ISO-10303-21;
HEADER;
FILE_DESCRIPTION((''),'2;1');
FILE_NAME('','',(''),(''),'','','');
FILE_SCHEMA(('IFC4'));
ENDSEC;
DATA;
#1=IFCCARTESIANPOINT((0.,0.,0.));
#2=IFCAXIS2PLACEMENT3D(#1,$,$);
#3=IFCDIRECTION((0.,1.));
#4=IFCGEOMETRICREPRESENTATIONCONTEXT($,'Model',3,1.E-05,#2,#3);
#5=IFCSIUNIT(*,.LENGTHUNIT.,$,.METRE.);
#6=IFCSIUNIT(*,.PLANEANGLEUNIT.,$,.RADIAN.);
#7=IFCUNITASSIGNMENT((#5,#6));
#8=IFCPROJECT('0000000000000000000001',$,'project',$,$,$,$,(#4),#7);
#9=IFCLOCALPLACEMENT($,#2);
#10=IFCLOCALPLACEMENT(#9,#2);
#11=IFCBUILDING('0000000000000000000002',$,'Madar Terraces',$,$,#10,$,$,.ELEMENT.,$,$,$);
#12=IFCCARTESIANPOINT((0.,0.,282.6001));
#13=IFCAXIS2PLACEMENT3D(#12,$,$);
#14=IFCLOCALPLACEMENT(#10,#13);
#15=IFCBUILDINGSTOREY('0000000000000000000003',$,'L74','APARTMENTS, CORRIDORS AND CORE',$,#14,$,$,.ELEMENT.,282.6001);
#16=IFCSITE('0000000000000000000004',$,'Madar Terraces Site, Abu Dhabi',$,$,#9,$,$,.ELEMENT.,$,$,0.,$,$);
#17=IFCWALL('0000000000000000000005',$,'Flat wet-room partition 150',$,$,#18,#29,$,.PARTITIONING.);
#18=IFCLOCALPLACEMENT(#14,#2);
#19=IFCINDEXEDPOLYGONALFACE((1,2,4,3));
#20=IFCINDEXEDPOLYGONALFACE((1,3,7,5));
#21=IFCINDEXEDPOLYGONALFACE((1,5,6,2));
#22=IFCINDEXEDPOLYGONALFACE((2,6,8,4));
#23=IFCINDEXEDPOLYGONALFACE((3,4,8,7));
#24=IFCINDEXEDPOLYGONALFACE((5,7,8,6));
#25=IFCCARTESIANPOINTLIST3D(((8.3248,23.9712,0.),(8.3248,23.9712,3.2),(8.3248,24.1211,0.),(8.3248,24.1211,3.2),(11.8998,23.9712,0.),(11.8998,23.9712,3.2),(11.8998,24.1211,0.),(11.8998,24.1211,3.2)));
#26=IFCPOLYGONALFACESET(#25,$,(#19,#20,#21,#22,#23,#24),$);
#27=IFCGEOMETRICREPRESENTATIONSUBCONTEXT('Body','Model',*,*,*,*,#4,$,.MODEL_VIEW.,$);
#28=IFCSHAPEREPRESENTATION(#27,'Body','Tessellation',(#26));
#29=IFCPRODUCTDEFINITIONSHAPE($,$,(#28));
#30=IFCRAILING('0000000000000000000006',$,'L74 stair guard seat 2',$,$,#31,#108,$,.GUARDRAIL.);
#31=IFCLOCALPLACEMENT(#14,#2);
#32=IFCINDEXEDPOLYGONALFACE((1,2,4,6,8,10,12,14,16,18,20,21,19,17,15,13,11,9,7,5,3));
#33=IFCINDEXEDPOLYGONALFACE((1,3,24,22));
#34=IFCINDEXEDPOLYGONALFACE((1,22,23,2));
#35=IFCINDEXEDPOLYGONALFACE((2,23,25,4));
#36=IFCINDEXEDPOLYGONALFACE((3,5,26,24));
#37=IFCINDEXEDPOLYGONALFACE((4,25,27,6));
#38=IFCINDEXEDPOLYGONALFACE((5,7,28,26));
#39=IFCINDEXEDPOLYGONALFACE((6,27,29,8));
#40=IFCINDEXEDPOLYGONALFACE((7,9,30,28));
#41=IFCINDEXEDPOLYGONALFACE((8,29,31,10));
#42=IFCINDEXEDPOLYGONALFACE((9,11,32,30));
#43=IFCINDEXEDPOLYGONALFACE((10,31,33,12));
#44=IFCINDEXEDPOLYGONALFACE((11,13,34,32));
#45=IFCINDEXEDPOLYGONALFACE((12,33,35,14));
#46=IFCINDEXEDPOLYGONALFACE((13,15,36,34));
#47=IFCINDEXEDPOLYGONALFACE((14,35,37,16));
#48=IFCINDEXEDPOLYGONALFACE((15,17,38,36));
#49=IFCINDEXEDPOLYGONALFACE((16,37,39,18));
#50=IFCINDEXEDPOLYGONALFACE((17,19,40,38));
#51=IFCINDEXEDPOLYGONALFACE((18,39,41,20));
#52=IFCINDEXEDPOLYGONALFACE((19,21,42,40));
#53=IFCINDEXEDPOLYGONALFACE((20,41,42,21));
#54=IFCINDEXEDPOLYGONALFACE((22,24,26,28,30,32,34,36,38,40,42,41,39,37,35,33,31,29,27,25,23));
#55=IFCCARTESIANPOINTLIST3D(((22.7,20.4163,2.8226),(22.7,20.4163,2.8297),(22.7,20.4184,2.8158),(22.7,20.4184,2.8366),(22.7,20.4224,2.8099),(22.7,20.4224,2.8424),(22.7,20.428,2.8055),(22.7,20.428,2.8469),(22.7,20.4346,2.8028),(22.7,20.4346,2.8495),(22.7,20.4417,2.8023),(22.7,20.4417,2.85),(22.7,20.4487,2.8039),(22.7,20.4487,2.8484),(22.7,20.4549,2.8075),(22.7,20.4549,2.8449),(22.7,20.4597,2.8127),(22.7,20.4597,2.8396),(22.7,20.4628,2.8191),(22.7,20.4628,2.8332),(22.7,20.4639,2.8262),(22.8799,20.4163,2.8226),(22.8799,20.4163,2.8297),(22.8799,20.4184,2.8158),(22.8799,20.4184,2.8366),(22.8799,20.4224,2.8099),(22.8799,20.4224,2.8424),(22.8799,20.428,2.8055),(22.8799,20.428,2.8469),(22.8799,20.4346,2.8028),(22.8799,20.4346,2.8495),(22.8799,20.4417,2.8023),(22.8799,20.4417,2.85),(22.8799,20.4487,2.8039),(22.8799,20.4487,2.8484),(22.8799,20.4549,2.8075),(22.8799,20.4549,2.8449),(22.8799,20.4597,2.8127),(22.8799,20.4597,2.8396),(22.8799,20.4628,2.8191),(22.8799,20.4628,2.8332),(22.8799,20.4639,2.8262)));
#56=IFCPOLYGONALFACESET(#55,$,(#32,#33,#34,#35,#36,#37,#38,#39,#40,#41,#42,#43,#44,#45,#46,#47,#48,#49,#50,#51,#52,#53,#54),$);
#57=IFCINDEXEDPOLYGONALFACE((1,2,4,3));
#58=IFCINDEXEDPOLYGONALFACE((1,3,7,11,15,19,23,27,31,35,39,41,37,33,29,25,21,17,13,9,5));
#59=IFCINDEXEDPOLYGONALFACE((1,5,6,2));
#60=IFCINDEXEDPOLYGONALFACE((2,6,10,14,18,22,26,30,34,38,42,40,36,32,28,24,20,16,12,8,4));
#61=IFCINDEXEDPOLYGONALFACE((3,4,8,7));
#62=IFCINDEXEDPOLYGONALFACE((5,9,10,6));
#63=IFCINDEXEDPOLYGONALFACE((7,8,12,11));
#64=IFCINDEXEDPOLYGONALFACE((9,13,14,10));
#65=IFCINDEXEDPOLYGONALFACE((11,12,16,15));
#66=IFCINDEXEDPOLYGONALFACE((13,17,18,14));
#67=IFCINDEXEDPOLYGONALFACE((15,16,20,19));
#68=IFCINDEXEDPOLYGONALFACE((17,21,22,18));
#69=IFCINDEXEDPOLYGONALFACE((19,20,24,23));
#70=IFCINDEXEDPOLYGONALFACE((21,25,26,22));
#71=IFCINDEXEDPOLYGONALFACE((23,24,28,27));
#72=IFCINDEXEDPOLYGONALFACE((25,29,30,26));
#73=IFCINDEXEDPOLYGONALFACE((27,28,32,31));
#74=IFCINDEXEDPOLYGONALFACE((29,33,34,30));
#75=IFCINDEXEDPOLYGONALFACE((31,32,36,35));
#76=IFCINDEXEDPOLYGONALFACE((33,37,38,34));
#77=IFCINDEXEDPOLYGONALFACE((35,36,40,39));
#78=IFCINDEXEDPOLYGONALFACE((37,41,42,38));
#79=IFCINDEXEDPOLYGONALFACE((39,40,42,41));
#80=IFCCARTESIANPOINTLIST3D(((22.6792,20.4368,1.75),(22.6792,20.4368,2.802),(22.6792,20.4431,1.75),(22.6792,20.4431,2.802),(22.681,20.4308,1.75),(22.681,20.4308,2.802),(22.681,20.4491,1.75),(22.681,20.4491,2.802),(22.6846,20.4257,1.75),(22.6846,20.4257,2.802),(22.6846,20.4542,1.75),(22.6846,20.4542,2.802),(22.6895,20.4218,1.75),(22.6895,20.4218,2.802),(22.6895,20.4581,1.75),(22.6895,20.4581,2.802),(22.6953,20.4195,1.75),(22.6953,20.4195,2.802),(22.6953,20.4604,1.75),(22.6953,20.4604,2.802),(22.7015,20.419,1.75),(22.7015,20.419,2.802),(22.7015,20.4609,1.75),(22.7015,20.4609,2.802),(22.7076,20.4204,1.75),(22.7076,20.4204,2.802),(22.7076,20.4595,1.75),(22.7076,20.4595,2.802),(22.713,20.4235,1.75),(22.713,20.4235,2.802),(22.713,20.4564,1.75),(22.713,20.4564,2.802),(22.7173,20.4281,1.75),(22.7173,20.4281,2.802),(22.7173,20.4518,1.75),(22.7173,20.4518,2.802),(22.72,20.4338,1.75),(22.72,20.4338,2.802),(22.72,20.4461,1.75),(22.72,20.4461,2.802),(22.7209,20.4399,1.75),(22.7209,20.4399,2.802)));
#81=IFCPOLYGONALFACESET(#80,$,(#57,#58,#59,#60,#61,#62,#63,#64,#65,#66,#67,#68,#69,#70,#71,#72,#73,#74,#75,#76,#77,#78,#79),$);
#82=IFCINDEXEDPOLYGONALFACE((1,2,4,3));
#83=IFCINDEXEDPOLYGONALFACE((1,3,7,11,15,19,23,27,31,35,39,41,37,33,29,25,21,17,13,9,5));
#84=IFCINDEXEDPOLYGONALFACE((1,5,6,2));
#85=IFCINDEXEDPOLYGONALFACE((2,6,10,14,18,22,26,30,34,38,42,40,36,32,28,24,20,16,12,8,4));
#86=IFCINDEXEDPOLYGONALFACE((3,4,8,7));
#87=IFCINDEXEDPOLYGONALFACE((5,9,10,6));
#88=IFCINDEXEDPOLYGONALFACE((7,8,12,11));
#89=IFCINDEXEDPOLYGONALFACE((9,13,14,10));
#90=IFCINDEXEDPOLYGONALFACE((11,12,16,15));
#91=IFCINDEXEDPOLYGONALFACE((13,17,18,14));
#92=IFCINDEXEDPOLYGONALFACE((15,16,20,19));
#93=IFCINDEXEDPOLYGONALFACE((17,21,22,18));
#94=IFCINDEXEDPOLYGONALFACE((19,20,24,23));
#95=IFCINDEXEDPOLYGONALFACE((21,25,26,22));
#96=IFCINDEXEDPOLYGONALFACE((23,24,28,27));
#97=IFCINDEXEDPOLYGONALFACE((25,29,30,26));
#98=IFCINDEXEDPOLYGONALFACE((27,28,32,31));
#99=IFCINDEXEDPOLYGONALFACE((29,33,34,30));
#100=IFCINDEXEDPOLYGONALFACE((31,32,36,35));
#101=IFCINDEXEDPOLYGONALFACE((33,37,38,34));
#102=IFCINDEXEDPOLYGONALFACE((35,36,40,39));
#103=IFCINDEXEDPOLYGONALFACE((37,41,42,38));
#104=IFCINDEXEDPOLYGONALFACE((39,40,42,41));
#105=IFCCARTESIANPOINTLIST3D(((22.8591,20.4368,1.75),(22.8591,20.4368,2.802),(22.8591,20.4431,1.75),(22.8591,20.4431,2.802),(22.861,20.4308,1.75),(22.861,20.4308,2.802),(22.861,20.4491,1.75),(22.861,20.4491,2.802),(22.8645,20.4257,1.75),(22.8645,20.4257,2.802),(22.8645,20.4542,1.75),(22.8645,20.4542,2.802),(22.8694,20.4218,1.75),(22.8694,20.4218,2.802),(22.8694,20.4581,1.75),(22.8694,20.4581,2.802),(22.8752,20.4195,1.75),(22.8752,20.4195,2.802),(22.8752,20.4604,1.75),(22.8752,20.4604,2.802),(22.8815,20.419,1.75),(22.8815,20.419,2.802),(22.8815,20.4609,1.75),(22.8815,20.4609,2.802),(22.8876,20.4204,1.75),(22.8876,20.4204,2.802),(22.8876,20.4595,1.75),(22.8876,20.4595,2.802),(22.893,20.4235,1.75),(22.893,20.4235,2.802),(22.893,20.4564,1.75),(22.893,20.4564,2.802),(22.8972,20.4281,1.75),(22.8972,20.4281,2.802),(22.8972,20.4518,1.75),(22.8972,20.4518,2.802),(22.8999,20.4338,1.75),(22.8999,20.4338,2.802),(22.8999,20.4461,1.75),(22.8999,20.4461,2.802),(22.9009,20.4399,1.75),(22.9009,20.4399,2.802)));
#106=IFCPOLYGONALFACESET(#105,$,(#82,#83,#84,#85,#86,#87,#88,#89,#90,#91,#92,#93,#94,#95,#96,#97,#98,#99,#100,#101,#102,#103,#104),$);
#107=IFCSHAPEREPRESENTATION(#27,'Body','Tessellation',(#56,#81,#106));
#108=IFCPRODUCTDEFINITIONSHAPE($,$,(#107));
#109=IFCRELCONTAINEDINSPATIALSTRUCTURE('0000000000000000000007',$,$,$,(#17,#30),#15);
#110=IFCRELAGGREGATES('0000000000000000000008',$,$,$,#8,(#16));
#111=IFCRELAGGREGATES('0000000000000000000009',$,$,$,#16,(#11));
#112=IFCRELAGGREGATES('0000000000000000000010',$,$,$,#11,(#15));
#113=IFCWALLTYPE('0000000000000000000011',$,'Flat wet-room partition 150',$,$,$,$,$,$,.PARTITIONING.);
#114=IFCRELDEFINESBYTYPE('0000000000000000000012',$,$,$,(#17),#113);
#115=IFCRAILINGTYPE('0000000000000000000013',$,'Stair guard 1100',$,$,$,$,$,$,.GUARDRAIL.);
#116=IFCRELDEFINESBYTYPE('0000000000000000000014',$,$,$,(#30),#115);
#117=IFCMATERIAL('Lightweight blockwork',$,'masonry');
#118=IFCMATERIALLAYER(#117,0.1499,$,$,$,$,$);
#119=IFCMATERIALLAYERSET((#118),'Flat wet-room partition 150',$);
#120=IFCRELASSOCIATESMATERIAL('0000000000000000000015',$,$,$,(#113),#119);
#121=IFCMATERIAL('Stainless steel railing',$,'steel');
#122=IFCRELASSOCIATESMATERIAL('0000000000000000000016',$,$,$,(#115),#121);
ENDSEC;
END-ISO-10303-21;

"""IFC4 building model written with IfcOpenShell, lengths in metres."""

from ifc_helpers import new_model, si_unit, direction, frame, frame_2d, origin, origin_2d, place, context, subcontext, project, spatial, rectangle, circle, extrude, material, layer, layer_set, type_object, element, save


model = new_model("IFC4")

# Units and contexts
model_context = context("Model", 3, precision=1e-05, world=origin(), true_north=direction((0.0, 1.0)))
body_context = subcontext(model_context, "Body", "Model", "MODEL_VIEW")
ifc_project = project(units=[si_unit("LENGTHUNIT", "METRE"), si_unit("PLANEANGLEUNIT", "RADIAN")], contexts=[model_context])

# Site, building, storey
site_placement = place(None, origin())
site = spatial("IfcSite", under=ifc_project, at=site_placement, Name="Madar Terraces Site, Abu Dhabi", CompositionType="ELEMENT", RefElevation=0.0)
building_placement = place(site_placement, origin())
building = spatial("IfcBuilding", under=site, at=building_placement, Name="Madar Terraces", CompositionType="ELEMENT")
storey_placement = place(building_placement, frame((0.0, 0.0, 282.6001)))
storey = spatial("IfcBuildingStorey", under=building, at=storey_placement, Name="L74", Description="APARTMENTS, CORRIDORS AND CORE", CompositionType="ELEMENT", Elevation=282.6001)

# Wall
ifc_material_1 = material(Name="Lightweight blockwork", Category="masonry")
ifc_layer_1 = layer(ifc_material_1, 0.1499)
ifc_layer_set_1 = layer_set([ifc_layer_1], Name="Flat wet-room partition 150")
wall_type_1 = type_object("IfcWallType", Name="Flat wet-room partition 150", PredefinedType="PARTITIONING", material=ifc_layer_set_1)
wall_1_placement = place(storey_placement, frame((11.8999, 24.0461, 0.0), z_axis=(0.0, 0.0, 1.0), x_axis=(-1.0, 0.0, 0.0)))
element("IfcWall", 1, at=wall_1_placement, inside=storey, type_object=wall_type_1, Name="Flat wet-room partition 150", PredefinedType="PARTITIONING", context=body_context, shape_type="SweptSolid", body=[
    extrude(rectangle(XDim=3.575, YDim=0.1499, at=frame_2d((1.7876, 0.0))), origin(), (0.0, 0.0, 1.0), 3.2),
])

# Railing
ifc_material_2 = material(Name="Stainless steel railing", Category="steel")
railing_type = type_object("IfcRailingType", Name="Stair guard 1100", PredefinedType="GUARDRAIL", material=ifc_material_2)
railing_placement = place(storey_placement, frame((22.7, 20.4399, 1.75)))
element("IfcRailing", 2, at=railing_placement, inside=storey, type_object=railing_type, Name="L74 stair guard seat 2", PredefinedType="GUARDRAIL", context=body_context, shape_type="SweptSolid", body=[
    extrude(circle(Radius=0.0239, at=origin_2d()), frame((0.0, 0.0, 1.0762), z_axis=(1.0, 0.0, 0.0), x_axis=(0.0, 1.0, 0.0)), (0.0, 0.0, 1.0), 0.1799),
    extrude(circle(Radius=0.021, at=origin_2d()), origin(), (0.0, 0.0, 1.0), 1.052),
    extrude(circle(Radius=0.021, at=origin_2d()), frame((0.1799, 0.0, 0.0)), (0.0, 0.0, 1.0), 1.052),
])

save(model, "model.ifc")
